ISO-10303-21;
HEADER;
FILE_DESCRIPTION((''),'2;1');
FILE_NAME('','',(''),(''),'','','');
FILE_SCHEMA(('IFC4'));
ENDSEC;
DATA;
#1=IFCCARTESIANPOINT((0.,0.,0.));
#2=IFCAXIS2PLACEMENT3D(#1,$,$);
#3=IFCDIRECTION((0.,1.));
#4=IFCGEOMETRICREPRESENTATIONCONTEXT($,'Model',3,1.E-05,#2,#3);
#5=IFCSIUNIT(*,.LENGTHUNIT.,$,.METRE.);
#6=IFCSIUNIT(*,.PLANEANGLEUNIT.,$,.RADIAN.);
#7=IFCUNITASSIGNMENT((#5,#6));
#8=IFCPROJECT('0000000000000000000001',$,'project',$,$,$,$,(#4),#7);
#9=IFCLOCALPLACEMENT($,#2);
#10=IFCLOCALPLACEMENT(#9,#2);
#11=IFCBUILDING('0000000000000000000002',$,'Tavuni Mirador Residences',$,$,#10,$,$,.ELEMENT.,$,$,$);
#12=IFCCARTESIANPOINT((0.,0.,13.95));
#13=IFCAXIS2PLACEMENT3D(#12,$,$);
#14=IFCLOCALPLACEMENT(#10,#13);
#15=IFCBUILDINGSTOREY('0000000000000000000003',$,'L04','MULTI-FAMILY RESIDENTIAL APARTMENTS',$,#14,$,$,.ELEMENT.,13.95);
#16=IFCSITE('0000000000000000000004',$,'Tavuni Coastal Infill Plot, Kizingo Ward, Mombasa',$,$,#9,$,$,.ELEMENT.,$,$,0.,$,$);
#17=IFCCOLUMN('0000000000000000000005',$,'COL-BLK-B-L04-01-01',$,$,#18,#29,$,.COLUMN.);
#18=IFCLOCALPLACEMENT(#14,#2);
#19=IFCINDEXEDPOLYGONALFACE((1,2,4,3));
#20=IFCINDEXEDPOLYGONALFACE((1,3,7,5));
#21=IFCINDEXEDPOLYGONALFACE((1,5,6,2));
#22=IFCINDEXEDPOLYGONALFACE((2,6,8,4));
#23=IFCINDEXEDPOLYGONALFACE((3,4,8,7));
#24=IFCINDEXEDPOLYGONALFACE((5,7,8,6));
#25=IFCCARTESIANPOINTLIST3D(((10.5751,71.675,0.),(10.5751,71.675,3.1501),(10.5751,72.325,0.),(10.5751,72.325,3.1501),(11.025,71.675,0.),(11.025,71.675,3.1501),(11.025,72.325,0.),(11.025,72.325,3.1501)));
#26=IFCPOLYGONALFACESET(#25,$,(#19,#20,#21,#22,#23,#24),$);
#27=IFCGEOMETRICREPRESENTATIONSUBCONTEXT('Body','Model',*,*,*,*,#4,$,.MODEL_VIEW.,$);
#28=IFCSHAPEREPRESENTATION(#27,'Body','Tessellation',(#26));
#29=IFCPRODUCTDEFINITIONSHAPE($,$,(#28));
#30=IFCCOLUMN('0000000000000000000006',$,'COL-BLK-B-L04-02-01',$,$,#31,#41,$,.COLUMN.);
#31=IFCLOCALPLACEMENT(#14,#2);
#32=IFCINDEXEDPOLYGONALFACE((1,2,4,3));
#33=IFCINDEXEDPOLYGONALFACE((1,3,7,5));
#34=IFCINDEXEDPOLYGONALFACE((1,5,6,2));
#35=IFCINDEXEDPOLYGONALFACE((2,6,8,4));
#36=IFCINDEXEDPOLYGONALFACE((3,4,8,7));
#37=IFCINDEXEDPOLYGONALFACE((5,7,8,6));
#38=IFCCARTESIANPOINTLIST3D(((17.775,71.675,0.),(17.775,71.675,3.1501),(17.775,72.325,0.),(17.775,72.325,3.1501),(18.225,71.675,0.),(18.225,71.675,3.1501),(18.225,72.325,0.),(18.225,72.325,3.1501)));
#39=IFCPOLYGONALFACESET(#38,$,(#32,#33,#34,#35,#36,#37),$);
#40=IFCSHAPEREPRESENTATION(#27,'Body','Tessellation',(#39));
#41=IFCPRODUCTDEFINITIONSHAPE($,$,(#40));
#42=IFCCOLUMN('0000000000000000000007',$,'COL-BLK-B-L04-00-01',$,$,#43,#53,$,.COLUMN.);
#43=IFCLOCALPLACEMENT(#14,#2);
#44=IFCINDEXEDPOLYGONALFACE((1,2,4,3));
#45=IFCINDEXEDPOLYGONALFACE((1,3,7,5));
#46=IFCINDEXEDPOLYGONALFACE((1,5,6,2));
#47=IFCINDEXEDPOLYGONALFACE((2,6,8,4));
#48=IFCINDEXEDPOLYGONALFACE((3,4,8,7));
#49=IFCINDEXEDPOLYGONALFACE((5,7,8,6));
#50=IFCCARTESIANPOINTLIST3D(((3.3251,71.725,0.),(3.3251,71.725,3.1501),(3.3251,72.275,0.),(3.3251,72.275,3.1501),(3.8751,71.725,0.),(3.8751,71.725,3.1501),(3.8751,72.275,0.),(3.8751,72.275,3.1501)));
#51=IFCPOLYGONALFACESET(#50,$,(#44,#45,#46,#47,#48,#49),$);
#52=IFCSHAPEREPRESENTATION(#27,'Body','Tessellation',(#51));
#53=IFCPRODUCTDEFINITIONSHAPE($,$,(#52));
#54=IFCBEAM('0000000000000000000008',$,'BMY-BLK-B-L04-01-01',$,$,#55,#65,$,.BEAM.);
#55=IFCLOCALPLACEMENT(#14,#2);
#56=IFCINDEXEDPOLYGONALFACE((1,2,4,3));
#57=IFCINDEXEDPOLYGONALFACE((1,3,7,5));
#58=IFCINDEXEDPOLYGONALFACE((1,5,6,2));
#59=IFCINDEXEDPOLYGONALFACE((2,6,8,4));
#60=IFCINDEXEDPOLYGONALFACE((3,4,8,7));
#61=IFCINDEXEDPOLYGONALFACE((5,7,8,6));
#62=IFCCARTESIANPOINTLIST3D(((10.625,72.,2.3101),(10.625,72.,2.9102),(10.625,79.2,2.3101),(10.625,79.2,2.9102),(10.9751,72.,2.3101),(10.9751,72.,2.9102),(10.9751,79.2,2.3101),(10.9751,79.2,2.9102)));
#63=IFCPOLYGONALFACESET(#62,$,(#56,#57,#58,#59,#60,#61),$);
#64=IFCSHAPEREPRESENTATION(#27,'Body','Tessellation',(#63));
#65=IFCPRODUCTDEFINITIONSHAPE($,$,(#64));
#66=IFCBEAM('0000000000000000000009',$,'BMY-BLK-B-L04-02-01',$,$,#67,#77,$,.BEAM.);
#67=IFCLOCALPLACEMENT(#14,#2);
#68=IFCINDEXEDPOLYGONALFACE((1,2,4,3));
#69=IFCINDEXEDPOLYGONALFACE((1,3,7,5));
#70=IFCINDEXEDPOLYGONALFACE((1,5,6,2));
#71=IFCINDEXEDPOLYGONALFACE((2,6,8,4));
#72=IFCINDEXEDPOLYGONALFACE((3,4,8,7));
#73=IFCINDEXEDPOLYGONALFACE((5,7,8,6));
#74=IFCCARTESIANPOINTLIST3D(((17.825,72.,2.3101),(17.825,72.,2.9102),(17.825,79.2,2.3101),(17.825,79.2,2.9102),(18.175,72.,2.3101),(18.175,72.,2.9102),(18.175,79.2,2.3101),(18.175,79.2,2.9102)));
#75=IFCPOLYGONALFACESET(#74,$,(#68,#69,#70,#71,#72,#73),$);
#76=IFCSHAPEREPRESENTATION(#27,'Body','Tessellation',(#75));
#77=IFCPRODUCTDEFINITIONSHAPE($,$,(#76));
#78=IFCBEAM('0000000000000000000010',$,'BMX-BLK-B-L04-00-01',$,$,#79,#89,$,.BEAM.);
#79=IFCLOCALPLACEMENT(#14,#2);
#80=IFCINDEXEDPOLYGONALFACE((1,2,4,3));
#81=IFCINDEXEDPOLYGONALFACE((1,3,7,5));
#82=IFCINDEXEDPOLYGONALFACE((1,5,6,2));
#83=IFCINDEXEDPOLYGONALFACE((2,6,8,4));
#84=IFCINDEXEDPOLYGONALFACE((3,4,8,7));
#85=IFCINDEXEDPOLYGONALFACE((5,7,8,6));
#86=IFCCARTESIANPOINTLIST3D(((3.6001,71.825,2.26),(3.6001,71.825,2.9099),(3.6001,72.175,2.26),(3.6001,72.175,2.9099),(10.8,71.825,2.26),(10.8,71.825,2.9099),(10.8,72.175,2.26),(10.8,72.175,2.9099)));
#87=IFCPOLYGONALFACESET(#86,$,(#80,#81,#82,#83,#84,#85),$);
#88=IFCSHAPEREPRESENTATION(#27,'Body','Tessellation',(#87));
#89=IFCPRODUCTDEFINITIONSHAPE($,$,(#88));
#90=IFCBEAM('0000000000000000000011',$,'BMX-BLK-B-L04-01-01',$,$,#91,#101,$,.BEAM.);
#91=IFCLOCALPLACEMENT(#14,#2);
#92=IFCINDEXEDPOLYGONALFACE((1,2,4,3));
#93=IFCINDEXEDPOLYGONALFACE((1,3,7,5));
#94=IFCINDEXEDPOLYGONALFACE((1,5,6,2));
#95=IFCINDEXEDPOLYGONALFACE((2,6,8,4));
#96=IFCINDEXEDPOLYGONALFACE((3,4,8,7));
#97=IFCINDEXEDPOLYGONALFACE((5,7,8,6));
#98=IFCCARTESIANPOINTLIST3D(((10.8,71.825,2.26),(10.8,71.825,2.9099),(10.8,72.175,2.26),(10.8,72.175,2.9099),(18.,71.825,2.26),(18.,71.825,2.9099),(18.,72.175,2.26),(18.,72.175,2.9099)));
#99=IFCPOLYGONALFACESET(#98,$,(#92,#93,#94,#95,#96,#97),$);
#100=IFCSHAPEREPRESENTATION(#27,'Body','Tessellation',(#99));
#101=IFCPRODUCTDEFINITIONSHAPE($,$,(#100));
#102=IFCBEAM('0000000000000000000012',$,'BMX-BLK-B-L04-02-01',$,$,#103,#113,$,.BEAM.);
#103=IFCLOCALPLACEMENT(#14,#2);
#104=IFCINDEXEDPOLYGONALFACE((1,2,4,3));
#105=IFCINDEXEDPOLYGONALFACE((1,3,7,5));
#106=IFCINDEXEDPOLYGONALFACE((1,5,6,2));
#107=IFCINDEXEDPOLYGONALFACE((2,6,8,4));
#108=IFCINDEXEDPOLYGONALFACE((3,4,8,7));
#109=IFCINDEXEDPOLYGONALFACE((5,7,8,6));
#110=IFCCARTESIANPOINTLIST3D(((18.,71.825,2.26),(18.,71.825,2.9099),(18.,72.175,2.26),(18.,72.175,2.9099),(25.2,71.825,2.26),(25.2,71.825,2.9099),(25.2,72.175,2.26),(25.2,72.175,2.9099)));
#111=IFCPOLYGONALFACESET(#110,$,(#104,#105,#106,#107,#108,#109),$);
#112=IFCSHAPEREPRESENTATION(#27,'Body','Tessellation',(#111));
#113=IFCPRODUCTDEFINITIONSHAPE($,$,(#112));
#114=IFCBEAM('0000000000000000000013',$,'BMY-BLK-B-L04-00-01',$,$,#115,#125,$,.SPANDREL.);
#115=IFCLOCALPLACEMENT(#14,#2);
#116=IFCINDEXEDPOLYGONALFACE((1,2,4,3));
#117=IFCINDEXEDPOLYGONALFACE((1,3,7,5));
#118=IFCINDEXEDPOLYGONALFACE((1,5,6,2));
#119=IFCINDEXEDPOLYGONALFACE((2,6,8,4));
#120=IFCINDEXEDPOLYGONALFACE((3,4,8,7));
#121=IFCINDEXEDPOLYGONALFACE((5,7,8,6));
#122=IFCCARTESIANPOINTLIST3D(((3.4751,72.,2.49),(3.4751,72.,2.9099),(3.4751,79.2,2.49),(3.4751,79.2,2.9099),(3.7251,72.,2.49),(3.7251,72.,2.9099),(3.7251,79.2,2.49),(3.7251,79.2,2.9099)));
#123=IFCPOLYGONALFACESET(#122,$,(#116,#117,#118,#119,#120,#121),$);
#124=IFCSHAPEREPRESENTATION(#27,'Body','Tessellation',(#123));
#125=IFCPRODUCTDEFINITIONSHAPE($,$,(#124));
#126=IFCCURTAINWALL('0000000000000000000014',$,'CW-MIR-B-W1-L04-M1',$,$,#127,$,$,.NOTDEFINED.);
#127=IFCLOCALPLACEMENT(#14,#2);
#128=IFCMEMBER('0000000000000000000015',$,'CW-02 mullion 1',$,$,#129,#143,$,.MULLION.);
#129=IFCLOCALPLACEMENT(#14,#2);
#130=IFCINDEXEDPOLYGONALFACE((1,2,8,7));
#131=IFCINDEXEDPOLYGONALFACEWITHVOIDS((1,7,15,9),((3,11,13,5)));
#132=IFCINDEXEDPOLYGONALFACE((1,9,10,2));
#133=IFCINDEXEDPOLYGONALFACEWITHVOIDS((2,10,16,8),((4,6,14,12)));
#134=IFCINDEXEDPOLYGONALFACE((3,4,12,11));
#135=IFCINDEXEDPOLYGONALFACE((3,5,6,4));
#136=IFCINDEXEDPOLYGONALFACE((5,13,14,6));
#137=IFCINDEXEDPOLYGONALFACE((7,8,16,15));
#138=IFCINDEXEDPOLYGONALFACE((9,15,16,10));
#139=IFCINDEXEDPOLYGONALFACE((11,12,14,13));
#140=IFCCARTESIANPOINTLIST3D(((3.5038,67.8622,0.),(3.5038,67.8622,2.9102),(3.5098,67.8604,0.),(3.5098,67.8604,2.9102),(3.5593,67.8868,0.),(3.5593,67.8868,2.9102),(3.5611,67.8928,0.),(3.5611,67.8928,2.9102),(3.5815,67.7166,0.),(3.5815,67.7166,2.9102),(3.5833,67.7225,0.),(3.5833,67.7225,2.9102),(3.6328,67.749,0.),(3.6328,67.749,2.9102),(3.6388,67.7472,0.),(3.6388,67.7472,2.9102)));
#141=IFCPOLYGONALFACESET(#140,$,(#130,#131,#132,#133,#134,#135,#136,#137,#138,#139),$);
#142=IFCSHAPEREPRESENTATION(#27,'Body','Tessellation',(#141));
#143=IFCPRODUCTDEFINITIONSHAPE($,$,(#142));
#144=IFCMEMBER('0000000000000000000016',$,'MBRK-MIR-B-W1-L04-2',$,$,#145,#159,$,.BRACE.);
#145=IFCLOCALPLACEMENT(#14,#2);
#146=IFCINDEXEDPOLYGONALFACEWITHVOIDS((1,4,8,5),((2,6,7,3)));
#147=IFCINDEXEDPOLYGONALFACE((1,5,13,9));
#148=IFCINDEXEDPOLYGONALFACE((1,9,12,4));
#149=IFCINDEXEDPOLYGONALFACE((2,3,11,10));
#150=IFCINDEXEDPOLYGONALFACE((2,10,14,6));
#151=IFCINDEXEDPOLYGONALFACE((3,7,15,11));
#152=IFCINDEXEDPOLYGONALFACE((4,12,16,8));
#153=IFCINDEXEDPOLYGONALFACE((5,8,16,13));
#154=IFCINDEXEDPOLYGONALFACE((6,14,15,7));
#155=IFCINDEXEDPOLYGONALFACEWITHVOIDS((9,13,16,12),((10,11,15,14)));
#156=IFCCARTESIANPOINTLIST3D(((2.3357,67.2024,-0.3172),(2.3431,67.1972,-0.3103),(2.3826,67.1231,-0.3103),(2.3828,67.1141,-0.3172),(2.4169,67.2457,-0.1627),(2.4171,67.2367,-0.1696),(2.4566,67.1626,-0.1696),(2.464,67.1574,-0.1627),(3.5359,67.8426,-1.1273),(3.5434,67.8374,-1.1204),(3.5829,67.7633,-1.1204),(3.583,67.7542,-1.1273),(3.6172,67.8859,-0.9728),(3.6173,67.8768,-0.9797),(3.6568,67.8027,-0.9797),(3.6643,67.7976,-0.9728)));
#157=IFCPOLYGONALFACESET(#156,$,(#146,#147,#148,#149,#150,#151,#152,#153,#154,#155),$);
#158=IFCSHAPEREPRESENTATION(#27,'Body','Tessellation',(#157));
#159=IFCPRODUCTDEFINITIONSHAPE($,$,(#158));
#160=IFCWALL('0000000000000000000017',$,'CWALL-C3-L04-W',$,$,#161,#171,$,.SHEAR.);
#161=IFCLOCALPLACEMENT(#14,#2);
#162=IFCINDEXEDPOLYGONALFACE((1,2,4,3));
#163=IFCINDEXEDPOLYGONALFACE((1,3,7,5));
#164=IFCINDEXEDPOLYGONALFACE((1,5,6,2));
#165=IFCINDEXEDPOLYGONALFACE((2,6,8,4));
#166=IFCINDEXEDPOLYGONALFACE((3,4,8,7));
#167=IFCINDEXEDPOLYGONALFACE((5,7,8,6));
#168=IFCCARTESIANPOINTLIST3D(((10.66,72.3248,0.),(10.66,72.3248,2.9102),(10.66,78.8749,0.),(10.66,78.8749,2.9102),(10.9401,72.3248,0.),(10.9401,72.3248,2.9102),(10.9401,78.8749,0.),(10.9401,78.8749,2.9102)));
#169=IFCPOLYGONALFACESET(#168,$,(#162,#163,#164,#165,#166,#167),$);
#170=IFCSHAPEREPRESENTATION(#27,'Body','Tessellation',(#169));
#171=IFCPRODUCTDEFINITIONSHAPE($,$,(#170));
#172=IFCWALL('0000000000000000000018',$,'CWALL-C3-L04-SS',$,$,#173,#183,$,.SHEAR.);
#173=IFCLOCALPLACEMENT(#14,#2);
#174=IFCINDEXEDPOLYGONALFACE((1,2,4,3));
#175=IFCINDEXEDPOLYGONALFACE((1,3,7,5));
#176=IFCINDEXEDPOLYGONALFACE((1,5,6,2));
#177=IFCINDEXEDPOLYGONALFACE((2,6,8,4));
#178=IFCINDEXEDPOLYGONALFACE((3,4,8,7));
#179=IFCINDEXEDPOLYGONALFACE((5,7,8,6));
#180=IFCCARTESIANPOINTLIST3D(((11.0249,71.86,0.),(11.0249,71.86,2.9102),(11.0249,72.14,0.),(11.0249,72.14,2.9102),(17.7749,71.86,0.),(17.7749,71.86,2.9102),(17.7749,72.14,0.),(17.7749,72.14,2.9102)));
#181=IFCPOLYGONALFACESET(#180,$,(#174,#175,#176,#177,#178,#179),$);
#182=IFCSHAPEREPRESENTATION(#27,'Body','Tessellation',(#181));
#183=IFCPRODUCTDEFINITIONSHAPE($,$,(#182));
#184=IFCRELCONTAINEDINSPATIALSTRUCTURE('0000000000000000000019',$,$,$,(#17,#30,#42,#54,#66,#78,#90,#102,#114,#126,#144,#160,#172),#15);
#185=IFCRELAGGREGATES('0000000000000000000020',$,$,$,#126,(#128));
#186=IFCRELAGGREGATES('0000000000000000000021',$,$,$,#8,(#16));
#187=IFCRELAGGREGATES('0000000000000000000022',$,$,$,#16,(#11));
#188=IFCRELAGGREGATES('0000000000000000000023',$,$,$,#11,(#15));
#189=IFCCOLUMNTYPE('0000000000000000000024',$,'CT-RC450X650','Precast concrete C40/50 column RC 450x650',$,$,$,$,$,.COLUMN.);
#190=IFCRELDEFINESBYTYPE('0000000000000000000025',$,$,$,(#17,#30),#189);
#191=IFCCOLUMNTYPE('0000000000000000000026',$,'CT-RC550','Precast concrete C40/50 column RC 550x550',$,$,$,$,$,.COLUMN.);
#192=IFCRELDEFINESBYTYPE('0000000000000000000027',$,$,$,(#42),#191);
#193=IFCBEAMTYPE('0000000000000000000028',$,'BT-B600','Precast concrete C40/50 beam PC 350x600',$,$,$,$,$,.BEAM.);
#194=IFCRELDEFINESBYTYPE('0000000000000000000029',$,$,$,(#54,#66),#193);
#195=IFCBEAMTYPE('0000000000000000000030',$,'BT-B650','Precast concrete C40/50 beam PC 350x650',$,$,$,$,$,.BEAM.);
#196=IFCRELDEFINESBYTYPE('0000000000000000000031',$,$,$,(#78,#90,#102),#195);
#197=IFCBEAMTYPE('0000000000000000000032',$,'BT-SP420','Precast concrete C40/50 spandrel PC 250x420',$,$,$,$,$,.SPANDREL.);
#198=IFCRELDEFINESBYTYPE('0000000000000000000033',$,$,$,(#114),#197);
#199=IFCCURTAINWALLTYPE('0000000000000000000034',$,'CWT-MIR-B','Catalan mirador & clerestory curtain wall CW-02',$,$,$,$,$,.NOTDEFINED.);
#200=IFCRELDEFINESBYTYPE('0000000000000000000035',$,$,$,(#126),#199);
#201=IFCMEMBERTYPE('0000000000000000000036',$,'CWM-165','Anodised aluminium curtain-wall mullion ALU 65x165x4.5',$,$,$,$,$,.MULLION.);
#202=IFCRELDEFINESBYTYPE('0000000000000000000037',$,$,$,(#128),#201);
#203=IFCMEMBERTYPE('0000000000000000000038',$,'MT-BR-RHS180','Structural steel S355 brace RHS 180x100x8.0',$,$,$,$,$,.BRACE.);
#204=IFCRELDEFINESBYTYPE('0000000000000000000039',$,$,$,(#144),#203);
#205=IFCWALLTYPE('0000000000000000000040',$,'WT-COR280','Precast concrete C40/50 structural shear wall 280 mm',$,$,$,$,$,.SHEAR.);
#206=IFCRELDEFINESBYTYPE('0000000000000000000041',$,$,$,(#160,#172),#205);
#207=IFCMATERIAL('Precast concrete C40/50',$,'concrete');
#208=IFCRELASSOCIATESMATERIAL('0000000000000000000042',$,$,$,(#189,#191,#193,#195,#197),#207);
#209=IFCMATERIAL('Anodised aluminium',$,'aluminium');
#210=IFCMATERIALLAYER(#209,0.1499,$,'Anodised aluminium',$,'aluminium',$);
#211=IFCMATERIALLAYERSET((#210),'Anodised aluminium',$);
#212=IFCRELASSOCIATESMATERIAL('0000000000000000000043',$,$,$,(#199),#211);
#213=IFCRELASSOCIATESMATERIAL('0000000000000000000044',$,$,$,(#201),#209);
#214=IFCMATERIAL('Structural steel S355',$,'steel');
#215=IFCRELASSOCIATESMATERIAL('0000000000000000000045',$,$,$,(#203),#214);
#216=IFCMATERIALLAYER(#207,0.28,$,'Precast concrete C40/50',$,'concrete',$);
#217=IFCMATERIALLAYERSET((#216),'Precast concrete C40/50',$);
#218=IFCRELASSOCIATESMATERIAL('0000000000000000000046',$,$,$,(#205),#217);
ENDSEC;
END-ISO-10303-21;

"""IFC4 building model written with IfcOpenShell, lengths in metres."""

from ifc_helpers import new_model, si_unit, direction, frame, frame_2d, origin, origin_2d, place, context, subcontext, project, spatial, rectangle, hollow_rectangle, extrude, material, layer, layer_set, material_profile, profile_set, type_object, element, aggregate, save


model = new_model("IFC4")

# Units and contexts
model_context = context("Model", 3, precision=1e-05, world=origin(), true_north=direction((0.0, 1.0)))
body_context = subcontext(model_context, "Body", "Model", "MODEL_VIEW")
ifc_project = project(units=[si_unit("LENGTHUNIT", "METRE"), si_unit("PLANEANGLEUNIT", "RADIAN")], contexts=[model_context])

# Site, building, storey
site_placement = place(None, origin())
site = spatial("IfcSite", under=ifc_project, at=site_placement, Name="Tavuni Coastal Infill Plot, Kizingo Ward, Mombasa", CompositionType="ELEMENT", RefElevation=0.0)
building_placement = place(site_placement, origin())
building = spatial("IfcBuilding", under=site, at=building_placement, Name="Tavuni Mirador Residences", CompositionType="ELEMENT")
storey_placement = place(building_placement, frame((0.0, 0.0, 13.95)))
storey = spatial("IfcBuildingStorey", under=building, at=storey_placement, Name="L04", Description="MULTI-FAMILY RESIDENTIAL APARTMENTS", CompositionType="ELEMENT", Elevation=13.95)

# Columns
ifc_material_1 = material(Name="Precast concrete C40/50", Category="concrete")
ifc_material_profile_1 = material_profile(ifc_material_1, rectangle(XDim=0.45, YDim=0.6499, at=origin_2d()), Name="RC 450x650", Category="concrete")
ifc_profile_set_1 = profile_set([ifc_material_profile_1], Name="Precast concrete C40/50")
column_type_1 = type_object("IfcColumnType", Name="CT-RC450X650", Description="Precast concrete C40/50 column RC 450x650", PredefinedType="COLUMN", material=ifc_profile_set_1)
for number, where, z_axis, x_axis, name in (
    (1, (10.8, 72.0, 0.0), (0.0, 0.0, 1.0), (1.0, 0.0, 0.0), "COL-BLK-B-L04-01-01"),
    (2, (18.0, 72.0, 0.0), (0.0, 0.0, 1.0), (1.0, 0.0, 0.0), "COL-BLK-B-L04-02-01"),
):
    element("IfcColumn", number, at=place(storey_placement, frame(where, z_axis=z_axis, x_axis=x_axis)), inside=storey, type_object=column_type_1, Name=name, PredefinedType="COLUMN", context=body_context, shape_type="SweptSolid", body=[
        extrude(rectangle(XDim=0.45, YDim=0.6499, at=origin_2d()), origin(), (0.0, 0.0, 1.0), 3.1501),
    ])
ifc_material_profile_2 = material_profile(ifc_material_1, rectangle(XDim=0.55, YDim=0.55, at=origin_2d()), Name="RC 550x550", Category="concrete")
ifc_profile_set_2 = profile_set([ifc_material_profile_2], Name="Precast concrete C40/50")
column_type_2 = type_object("IfcColumnType", Name="CT-RC550", Description="Precast concrete C40/50 column RC 550x550", PredefinedType="COLUMN", material=ifc_profile_set_2)
column_placement = place(storey_placement, frame((3.6001, 72.0, 0.0), z_axis=(0.0, 0.0, 1.0), x_axis=(1.0, 0.0, 0.0)))
element("IfcColumn", 3, at=column_placement, inside=storey, type_object=column_type_2, Name="COL-BLK-B-L04-00-01", PredefinedType="COLUMN", context=body_context, shape_type="SweptSolid", body=[
    extrude(rectangle(XDim=0.55, YDim=0.55, at=origin_2d()), origin(), (0.0, 0.0, 1.0), 3.1501),
])

# Beams
ifc_material_profile_3 = material_profile(ifc_material_1, rectangle(XDim=0.3501, YDim=0.6001, at=origin_2d()), Name="PC 350x600", Category="concrete")
ifc_profile_set_3 = profile_set([ifc_material_profile_3], Name="Precast concrete C40/50")
beam_type_1 = type_object("IfcBeamType", Name="BT-B600", Description="Precast concrete C40/50 beam PC 350x600", PredefinedType="BEAM", material=ifc_profile_set_3)
for number, where, z_axis, x_axis, name in (
    (4, (10.8, 72.0, 2.6101), (0.0, 1.0, 0.0), (-1.0, 0.0, 0.0), "BMY-BLK-B-L04-01-01"),
    (5, (18.0, 72.0, 2.6101), (0.0, 1.0, 0.0), (-1.0, 0.0, 0.0), "BMY-BLK-B-L04-02-01"),
):
    element("IfcBeam", number, at=place(storey_placement, frame(where, z_axis=z_axis, x_axis=x_axis)), inside=storey, type_object=beam_type_1, Name=name, PredefinedType="BEAM", context=body_context, shape_type="SweptSolid", body=[
        extrude(rectangle(XDim=0.3501, YDim=0.6001, at=origin_2d()), origin(), (0.0, 0.0, 1.0), 7.2),
    ])
ifc_material_profile_4 = material_profile(ifc_material_1, rectangle(XDim=0.3501, YDim=0.6499, at=origin_2d()), Name="PC 350x650", Category="concrete")
ifc_profile_set_4 = profile_set([ifc_material_profile_4], Name="Precast concrete C40/50")
beam_type_2 = type_object("IfcBeamType", Name="BT-B650", Description="Precast concrete C40/50 beam PC 350x650", PredefinedType="BEAM", material=ifc_profile_set_4)
for number, where, z_axis, x_axis, name in (
    (6, (3.6001, 72.0, 2.585), (1.0, 0.0, 0.0), (0.0, 1.0, 0.0), "BMX-BLK-B-L04-00-01"),
    (7, (10.8, 72.0, 2.585), (1.0, 0.0, 0.0), (0.0, 1.0, 0.0), "BMX-BLK-B-L04-01-01"),
    (8, (18.0, 72.0, 2.585), (1.0, 0.0, 0.0), (0.0, 1.0, 0.0), "BMX-BLK-B-L04-02-01"),
):
    element("IfcBeam", number, at=place(storey_placement, frame(where, z_axis=z_axis, x_axis=x_axis)), inside=storey, type_object=beam_type_2, Name=name, PredefinedType="BEAM", context=body_context, shape_type="SweptSolid", body=[
        extrude(rectangle(XDim=0.3501, YDim=0.6499, at=origin_2d()), origin(), (0.0, 0.0, 1.0), 7.2),
    ])
ifc_material_profile_5 = material_profile(ifc_material_1, rectangle(XDim=0.25, YDim=0.4199, at=origin_2d()), Name="PC 250x420", Category="concrete")
ifc_profile_set_5 = profile_set([ifc_material_profile_5], Name="Precast concrete C40/50")
beam_type_3 = type_object("IfcBeamType", Name="BT-SP420", Description="Precast concrete C40/50 spandrel PC 250x420", PredefinedType="SPANDREL", material=ifc_profile_set_5)
beam_placement = place(storey_placement, frame((3.6001, 72.0, 2.7), z_axis=(0.0, 1.0, 0.0), x_axis=(-1.0, 0.0, 0.0)))
element("IfcBeam", 9, at=beam_placement, inside=storey, type_object=beam_type_3, Name="BMY-BLK-B-L04-00-01", PredefinedType="SPANDREL", context=body_context, shape_type="SweptSolid", body=[
    extrude(rectangle(XDim=0.25, YDim=0.4199, at=origin_2d()), origin(), (0.0, 0.0, 1.0), 7.2),
])

# Curtain wall, member
ifc_material_2 = material(Name="Anodised aluminium", Category="aluminium")
ifc_layer_1 = layer(ifc_material_2, 0.1499, Name="Anodised aluminium", Category="aluminium")
ifc_layer_set_1 = layer_set([ifc_layer_1], Name="Anodised aluminium")
curtain_wall_type = type_object("IfcCurtainWallType", Name="CWT-MIR-B", Description="Catalan mirador & clerestory curtain wall CW-02", PredefinedType="NOTDEFINED", material=ifc_layer_set_1)
curtain_wall_placement = place(storey_placement, origin())
curtain_wall = element("IfcCurtainWall", 10, at=curtain_wall_placement, inside=storey, type_object=curtain_wall_type, Name="CW-MIR-B-W1-L04-M1", PredefinedType="NOTDEFINED")
ifc_material_profile_6 = material_profile(ifc_material_2, hollow_rectangle(XDim=0.0649, YDim=0.165, WallThickness=0.0044, at=origin_2d()), Name="ALU 65x165x4.5", Category="aluminium")
ifc_profile_set_6 = profile_set([ifc_material_profile_6], Name="Anodised aluminium")
member_type_1 = type_object("IfcMemberType", Name="CWM-165", Description="Anodised aluminium curtain-wall mullion ALU 65x165x4.5", PredefinedType="MULLION", material=ifc_profile_set_6)
member_1_placement = place(storey_placement, frame((3.5713, 67.8047, 0.0), z_axis=(0.0, 0.0, 1.0), x_axis=(-0.882353, -0.470588, 0.0)))
member_1 = element("IfcMember", 11, at=member_1_placement, type_object=member_type_1, Name="CW-02 mullion 1", PredefinedType="MULLION", context=body_context, shape_type="SweptSolid", body=[
    extrude(hollow_rectangle(XDim=0.0649, YDim=0.165, WallThickness=0.0044, at=origin_2d()), origin(), (0.0, 0.0, 1.0), 2.9102),
])
aggregate(curtain_wall, [member_1])

# Member
ifc_material_3 = material(Name="Structural steel S355", Category="steel")
ifc_material_profile_7 = material_profile(ifc_material_3, hollow_rectangle(XDim=0.1001, YDim=0.1799, WallThickness=0.0081, at=origin_2d()), Name="RHS 180x100x8.0", Category="steel")
ifc_profile_set_7 = profile_set([ifc_material_profile_7], Name="Structural steel S355")
member_type_2 = type_object("IfcMemberType", Name="MT-BR-RHS180", Description="Structural steel S355 brace RHS 180x100x8.0", PredefinedType="BRACE", material=ifc_profile_set_7)
member_2_placement = place(storey_placement, frame((3.6001, 67.8201, -1.05), z_axis=(-0.758095, -0.404338, 0.511668), x_axis=(0.470607, -0.882343, 0.0)))
element("IfcMember", 12, at=member_2_placement, inside=storey, type_object=member_type_2, Name="MBRK-MIR-B-W1-L04-2", PredefinedType="BRACE", context=body_context, shape_type="SweptSolid", body=[
    extrude(hollow_rectangle(XDim=0.1001, YDim=0.1799, WallThickness=0.0081, at=origin_2d()), origin(), (0.0, 0.0, 1.0), 1.5833),
])

# Wall
ifc_layer_2 = layer(ifc_material_1, 0.28, Name="Precast concrete C40/50", Category="concrete")
ifc_layer_set_2 = layer_set([ifc_layer_2], Name="Precast concrete C40/50")
wall_type_1 = type_object("IfcWallType", Name="WT-COR280", Description="Precast concrete C40/50 structural shear wall 280 mm", PredefinedType="SHEAR", material=ifc_layer_set_2)
wall_1_placement = place(storey_placement, frame((10.8, 72.325, 0.0), z_axis=(0.0, 0.0, 1.0), x_axis=(0.0, 1.0, 0.0)))
element("IfcWall", 13, at=wall_1_placement, inside=storey, type_object=wall_type_1, Name="CWALL-C3-L04-W", PredefinedType="SHEAR", context=body_context, shape_type="SweptSolid", body=[
    extrude(rectangle(XDim=6.55, YDim=0.28, at=frame_2d((3.2749, 0.0))), origin(), (0.0, 0.0, 1.0), 2.9102),
])

# Wall
wall_2_placement = place(storey_placement, frame((11.0249, 72.0, 0.0), z_axis=(0.0, 0.0, 1.0), x_axis=(1.0, 0.0, 0.0)))
element("IfcWall", 14, at=wall_2_placement, inside=storey, type_object=wall_type_1, Name="CWALL-C3-L04-SS", PredefinedType="SHEAR", context=body_context, shape_type="SweptSolid", body=[
    extrude(rectangle(XDim=6.75, YDim=0.28, at=frame_2d((3.375, 0.0))), origin(), (0.0, 0.0, 1.0), 2.9102),
])

save(model, "model.ifc")
